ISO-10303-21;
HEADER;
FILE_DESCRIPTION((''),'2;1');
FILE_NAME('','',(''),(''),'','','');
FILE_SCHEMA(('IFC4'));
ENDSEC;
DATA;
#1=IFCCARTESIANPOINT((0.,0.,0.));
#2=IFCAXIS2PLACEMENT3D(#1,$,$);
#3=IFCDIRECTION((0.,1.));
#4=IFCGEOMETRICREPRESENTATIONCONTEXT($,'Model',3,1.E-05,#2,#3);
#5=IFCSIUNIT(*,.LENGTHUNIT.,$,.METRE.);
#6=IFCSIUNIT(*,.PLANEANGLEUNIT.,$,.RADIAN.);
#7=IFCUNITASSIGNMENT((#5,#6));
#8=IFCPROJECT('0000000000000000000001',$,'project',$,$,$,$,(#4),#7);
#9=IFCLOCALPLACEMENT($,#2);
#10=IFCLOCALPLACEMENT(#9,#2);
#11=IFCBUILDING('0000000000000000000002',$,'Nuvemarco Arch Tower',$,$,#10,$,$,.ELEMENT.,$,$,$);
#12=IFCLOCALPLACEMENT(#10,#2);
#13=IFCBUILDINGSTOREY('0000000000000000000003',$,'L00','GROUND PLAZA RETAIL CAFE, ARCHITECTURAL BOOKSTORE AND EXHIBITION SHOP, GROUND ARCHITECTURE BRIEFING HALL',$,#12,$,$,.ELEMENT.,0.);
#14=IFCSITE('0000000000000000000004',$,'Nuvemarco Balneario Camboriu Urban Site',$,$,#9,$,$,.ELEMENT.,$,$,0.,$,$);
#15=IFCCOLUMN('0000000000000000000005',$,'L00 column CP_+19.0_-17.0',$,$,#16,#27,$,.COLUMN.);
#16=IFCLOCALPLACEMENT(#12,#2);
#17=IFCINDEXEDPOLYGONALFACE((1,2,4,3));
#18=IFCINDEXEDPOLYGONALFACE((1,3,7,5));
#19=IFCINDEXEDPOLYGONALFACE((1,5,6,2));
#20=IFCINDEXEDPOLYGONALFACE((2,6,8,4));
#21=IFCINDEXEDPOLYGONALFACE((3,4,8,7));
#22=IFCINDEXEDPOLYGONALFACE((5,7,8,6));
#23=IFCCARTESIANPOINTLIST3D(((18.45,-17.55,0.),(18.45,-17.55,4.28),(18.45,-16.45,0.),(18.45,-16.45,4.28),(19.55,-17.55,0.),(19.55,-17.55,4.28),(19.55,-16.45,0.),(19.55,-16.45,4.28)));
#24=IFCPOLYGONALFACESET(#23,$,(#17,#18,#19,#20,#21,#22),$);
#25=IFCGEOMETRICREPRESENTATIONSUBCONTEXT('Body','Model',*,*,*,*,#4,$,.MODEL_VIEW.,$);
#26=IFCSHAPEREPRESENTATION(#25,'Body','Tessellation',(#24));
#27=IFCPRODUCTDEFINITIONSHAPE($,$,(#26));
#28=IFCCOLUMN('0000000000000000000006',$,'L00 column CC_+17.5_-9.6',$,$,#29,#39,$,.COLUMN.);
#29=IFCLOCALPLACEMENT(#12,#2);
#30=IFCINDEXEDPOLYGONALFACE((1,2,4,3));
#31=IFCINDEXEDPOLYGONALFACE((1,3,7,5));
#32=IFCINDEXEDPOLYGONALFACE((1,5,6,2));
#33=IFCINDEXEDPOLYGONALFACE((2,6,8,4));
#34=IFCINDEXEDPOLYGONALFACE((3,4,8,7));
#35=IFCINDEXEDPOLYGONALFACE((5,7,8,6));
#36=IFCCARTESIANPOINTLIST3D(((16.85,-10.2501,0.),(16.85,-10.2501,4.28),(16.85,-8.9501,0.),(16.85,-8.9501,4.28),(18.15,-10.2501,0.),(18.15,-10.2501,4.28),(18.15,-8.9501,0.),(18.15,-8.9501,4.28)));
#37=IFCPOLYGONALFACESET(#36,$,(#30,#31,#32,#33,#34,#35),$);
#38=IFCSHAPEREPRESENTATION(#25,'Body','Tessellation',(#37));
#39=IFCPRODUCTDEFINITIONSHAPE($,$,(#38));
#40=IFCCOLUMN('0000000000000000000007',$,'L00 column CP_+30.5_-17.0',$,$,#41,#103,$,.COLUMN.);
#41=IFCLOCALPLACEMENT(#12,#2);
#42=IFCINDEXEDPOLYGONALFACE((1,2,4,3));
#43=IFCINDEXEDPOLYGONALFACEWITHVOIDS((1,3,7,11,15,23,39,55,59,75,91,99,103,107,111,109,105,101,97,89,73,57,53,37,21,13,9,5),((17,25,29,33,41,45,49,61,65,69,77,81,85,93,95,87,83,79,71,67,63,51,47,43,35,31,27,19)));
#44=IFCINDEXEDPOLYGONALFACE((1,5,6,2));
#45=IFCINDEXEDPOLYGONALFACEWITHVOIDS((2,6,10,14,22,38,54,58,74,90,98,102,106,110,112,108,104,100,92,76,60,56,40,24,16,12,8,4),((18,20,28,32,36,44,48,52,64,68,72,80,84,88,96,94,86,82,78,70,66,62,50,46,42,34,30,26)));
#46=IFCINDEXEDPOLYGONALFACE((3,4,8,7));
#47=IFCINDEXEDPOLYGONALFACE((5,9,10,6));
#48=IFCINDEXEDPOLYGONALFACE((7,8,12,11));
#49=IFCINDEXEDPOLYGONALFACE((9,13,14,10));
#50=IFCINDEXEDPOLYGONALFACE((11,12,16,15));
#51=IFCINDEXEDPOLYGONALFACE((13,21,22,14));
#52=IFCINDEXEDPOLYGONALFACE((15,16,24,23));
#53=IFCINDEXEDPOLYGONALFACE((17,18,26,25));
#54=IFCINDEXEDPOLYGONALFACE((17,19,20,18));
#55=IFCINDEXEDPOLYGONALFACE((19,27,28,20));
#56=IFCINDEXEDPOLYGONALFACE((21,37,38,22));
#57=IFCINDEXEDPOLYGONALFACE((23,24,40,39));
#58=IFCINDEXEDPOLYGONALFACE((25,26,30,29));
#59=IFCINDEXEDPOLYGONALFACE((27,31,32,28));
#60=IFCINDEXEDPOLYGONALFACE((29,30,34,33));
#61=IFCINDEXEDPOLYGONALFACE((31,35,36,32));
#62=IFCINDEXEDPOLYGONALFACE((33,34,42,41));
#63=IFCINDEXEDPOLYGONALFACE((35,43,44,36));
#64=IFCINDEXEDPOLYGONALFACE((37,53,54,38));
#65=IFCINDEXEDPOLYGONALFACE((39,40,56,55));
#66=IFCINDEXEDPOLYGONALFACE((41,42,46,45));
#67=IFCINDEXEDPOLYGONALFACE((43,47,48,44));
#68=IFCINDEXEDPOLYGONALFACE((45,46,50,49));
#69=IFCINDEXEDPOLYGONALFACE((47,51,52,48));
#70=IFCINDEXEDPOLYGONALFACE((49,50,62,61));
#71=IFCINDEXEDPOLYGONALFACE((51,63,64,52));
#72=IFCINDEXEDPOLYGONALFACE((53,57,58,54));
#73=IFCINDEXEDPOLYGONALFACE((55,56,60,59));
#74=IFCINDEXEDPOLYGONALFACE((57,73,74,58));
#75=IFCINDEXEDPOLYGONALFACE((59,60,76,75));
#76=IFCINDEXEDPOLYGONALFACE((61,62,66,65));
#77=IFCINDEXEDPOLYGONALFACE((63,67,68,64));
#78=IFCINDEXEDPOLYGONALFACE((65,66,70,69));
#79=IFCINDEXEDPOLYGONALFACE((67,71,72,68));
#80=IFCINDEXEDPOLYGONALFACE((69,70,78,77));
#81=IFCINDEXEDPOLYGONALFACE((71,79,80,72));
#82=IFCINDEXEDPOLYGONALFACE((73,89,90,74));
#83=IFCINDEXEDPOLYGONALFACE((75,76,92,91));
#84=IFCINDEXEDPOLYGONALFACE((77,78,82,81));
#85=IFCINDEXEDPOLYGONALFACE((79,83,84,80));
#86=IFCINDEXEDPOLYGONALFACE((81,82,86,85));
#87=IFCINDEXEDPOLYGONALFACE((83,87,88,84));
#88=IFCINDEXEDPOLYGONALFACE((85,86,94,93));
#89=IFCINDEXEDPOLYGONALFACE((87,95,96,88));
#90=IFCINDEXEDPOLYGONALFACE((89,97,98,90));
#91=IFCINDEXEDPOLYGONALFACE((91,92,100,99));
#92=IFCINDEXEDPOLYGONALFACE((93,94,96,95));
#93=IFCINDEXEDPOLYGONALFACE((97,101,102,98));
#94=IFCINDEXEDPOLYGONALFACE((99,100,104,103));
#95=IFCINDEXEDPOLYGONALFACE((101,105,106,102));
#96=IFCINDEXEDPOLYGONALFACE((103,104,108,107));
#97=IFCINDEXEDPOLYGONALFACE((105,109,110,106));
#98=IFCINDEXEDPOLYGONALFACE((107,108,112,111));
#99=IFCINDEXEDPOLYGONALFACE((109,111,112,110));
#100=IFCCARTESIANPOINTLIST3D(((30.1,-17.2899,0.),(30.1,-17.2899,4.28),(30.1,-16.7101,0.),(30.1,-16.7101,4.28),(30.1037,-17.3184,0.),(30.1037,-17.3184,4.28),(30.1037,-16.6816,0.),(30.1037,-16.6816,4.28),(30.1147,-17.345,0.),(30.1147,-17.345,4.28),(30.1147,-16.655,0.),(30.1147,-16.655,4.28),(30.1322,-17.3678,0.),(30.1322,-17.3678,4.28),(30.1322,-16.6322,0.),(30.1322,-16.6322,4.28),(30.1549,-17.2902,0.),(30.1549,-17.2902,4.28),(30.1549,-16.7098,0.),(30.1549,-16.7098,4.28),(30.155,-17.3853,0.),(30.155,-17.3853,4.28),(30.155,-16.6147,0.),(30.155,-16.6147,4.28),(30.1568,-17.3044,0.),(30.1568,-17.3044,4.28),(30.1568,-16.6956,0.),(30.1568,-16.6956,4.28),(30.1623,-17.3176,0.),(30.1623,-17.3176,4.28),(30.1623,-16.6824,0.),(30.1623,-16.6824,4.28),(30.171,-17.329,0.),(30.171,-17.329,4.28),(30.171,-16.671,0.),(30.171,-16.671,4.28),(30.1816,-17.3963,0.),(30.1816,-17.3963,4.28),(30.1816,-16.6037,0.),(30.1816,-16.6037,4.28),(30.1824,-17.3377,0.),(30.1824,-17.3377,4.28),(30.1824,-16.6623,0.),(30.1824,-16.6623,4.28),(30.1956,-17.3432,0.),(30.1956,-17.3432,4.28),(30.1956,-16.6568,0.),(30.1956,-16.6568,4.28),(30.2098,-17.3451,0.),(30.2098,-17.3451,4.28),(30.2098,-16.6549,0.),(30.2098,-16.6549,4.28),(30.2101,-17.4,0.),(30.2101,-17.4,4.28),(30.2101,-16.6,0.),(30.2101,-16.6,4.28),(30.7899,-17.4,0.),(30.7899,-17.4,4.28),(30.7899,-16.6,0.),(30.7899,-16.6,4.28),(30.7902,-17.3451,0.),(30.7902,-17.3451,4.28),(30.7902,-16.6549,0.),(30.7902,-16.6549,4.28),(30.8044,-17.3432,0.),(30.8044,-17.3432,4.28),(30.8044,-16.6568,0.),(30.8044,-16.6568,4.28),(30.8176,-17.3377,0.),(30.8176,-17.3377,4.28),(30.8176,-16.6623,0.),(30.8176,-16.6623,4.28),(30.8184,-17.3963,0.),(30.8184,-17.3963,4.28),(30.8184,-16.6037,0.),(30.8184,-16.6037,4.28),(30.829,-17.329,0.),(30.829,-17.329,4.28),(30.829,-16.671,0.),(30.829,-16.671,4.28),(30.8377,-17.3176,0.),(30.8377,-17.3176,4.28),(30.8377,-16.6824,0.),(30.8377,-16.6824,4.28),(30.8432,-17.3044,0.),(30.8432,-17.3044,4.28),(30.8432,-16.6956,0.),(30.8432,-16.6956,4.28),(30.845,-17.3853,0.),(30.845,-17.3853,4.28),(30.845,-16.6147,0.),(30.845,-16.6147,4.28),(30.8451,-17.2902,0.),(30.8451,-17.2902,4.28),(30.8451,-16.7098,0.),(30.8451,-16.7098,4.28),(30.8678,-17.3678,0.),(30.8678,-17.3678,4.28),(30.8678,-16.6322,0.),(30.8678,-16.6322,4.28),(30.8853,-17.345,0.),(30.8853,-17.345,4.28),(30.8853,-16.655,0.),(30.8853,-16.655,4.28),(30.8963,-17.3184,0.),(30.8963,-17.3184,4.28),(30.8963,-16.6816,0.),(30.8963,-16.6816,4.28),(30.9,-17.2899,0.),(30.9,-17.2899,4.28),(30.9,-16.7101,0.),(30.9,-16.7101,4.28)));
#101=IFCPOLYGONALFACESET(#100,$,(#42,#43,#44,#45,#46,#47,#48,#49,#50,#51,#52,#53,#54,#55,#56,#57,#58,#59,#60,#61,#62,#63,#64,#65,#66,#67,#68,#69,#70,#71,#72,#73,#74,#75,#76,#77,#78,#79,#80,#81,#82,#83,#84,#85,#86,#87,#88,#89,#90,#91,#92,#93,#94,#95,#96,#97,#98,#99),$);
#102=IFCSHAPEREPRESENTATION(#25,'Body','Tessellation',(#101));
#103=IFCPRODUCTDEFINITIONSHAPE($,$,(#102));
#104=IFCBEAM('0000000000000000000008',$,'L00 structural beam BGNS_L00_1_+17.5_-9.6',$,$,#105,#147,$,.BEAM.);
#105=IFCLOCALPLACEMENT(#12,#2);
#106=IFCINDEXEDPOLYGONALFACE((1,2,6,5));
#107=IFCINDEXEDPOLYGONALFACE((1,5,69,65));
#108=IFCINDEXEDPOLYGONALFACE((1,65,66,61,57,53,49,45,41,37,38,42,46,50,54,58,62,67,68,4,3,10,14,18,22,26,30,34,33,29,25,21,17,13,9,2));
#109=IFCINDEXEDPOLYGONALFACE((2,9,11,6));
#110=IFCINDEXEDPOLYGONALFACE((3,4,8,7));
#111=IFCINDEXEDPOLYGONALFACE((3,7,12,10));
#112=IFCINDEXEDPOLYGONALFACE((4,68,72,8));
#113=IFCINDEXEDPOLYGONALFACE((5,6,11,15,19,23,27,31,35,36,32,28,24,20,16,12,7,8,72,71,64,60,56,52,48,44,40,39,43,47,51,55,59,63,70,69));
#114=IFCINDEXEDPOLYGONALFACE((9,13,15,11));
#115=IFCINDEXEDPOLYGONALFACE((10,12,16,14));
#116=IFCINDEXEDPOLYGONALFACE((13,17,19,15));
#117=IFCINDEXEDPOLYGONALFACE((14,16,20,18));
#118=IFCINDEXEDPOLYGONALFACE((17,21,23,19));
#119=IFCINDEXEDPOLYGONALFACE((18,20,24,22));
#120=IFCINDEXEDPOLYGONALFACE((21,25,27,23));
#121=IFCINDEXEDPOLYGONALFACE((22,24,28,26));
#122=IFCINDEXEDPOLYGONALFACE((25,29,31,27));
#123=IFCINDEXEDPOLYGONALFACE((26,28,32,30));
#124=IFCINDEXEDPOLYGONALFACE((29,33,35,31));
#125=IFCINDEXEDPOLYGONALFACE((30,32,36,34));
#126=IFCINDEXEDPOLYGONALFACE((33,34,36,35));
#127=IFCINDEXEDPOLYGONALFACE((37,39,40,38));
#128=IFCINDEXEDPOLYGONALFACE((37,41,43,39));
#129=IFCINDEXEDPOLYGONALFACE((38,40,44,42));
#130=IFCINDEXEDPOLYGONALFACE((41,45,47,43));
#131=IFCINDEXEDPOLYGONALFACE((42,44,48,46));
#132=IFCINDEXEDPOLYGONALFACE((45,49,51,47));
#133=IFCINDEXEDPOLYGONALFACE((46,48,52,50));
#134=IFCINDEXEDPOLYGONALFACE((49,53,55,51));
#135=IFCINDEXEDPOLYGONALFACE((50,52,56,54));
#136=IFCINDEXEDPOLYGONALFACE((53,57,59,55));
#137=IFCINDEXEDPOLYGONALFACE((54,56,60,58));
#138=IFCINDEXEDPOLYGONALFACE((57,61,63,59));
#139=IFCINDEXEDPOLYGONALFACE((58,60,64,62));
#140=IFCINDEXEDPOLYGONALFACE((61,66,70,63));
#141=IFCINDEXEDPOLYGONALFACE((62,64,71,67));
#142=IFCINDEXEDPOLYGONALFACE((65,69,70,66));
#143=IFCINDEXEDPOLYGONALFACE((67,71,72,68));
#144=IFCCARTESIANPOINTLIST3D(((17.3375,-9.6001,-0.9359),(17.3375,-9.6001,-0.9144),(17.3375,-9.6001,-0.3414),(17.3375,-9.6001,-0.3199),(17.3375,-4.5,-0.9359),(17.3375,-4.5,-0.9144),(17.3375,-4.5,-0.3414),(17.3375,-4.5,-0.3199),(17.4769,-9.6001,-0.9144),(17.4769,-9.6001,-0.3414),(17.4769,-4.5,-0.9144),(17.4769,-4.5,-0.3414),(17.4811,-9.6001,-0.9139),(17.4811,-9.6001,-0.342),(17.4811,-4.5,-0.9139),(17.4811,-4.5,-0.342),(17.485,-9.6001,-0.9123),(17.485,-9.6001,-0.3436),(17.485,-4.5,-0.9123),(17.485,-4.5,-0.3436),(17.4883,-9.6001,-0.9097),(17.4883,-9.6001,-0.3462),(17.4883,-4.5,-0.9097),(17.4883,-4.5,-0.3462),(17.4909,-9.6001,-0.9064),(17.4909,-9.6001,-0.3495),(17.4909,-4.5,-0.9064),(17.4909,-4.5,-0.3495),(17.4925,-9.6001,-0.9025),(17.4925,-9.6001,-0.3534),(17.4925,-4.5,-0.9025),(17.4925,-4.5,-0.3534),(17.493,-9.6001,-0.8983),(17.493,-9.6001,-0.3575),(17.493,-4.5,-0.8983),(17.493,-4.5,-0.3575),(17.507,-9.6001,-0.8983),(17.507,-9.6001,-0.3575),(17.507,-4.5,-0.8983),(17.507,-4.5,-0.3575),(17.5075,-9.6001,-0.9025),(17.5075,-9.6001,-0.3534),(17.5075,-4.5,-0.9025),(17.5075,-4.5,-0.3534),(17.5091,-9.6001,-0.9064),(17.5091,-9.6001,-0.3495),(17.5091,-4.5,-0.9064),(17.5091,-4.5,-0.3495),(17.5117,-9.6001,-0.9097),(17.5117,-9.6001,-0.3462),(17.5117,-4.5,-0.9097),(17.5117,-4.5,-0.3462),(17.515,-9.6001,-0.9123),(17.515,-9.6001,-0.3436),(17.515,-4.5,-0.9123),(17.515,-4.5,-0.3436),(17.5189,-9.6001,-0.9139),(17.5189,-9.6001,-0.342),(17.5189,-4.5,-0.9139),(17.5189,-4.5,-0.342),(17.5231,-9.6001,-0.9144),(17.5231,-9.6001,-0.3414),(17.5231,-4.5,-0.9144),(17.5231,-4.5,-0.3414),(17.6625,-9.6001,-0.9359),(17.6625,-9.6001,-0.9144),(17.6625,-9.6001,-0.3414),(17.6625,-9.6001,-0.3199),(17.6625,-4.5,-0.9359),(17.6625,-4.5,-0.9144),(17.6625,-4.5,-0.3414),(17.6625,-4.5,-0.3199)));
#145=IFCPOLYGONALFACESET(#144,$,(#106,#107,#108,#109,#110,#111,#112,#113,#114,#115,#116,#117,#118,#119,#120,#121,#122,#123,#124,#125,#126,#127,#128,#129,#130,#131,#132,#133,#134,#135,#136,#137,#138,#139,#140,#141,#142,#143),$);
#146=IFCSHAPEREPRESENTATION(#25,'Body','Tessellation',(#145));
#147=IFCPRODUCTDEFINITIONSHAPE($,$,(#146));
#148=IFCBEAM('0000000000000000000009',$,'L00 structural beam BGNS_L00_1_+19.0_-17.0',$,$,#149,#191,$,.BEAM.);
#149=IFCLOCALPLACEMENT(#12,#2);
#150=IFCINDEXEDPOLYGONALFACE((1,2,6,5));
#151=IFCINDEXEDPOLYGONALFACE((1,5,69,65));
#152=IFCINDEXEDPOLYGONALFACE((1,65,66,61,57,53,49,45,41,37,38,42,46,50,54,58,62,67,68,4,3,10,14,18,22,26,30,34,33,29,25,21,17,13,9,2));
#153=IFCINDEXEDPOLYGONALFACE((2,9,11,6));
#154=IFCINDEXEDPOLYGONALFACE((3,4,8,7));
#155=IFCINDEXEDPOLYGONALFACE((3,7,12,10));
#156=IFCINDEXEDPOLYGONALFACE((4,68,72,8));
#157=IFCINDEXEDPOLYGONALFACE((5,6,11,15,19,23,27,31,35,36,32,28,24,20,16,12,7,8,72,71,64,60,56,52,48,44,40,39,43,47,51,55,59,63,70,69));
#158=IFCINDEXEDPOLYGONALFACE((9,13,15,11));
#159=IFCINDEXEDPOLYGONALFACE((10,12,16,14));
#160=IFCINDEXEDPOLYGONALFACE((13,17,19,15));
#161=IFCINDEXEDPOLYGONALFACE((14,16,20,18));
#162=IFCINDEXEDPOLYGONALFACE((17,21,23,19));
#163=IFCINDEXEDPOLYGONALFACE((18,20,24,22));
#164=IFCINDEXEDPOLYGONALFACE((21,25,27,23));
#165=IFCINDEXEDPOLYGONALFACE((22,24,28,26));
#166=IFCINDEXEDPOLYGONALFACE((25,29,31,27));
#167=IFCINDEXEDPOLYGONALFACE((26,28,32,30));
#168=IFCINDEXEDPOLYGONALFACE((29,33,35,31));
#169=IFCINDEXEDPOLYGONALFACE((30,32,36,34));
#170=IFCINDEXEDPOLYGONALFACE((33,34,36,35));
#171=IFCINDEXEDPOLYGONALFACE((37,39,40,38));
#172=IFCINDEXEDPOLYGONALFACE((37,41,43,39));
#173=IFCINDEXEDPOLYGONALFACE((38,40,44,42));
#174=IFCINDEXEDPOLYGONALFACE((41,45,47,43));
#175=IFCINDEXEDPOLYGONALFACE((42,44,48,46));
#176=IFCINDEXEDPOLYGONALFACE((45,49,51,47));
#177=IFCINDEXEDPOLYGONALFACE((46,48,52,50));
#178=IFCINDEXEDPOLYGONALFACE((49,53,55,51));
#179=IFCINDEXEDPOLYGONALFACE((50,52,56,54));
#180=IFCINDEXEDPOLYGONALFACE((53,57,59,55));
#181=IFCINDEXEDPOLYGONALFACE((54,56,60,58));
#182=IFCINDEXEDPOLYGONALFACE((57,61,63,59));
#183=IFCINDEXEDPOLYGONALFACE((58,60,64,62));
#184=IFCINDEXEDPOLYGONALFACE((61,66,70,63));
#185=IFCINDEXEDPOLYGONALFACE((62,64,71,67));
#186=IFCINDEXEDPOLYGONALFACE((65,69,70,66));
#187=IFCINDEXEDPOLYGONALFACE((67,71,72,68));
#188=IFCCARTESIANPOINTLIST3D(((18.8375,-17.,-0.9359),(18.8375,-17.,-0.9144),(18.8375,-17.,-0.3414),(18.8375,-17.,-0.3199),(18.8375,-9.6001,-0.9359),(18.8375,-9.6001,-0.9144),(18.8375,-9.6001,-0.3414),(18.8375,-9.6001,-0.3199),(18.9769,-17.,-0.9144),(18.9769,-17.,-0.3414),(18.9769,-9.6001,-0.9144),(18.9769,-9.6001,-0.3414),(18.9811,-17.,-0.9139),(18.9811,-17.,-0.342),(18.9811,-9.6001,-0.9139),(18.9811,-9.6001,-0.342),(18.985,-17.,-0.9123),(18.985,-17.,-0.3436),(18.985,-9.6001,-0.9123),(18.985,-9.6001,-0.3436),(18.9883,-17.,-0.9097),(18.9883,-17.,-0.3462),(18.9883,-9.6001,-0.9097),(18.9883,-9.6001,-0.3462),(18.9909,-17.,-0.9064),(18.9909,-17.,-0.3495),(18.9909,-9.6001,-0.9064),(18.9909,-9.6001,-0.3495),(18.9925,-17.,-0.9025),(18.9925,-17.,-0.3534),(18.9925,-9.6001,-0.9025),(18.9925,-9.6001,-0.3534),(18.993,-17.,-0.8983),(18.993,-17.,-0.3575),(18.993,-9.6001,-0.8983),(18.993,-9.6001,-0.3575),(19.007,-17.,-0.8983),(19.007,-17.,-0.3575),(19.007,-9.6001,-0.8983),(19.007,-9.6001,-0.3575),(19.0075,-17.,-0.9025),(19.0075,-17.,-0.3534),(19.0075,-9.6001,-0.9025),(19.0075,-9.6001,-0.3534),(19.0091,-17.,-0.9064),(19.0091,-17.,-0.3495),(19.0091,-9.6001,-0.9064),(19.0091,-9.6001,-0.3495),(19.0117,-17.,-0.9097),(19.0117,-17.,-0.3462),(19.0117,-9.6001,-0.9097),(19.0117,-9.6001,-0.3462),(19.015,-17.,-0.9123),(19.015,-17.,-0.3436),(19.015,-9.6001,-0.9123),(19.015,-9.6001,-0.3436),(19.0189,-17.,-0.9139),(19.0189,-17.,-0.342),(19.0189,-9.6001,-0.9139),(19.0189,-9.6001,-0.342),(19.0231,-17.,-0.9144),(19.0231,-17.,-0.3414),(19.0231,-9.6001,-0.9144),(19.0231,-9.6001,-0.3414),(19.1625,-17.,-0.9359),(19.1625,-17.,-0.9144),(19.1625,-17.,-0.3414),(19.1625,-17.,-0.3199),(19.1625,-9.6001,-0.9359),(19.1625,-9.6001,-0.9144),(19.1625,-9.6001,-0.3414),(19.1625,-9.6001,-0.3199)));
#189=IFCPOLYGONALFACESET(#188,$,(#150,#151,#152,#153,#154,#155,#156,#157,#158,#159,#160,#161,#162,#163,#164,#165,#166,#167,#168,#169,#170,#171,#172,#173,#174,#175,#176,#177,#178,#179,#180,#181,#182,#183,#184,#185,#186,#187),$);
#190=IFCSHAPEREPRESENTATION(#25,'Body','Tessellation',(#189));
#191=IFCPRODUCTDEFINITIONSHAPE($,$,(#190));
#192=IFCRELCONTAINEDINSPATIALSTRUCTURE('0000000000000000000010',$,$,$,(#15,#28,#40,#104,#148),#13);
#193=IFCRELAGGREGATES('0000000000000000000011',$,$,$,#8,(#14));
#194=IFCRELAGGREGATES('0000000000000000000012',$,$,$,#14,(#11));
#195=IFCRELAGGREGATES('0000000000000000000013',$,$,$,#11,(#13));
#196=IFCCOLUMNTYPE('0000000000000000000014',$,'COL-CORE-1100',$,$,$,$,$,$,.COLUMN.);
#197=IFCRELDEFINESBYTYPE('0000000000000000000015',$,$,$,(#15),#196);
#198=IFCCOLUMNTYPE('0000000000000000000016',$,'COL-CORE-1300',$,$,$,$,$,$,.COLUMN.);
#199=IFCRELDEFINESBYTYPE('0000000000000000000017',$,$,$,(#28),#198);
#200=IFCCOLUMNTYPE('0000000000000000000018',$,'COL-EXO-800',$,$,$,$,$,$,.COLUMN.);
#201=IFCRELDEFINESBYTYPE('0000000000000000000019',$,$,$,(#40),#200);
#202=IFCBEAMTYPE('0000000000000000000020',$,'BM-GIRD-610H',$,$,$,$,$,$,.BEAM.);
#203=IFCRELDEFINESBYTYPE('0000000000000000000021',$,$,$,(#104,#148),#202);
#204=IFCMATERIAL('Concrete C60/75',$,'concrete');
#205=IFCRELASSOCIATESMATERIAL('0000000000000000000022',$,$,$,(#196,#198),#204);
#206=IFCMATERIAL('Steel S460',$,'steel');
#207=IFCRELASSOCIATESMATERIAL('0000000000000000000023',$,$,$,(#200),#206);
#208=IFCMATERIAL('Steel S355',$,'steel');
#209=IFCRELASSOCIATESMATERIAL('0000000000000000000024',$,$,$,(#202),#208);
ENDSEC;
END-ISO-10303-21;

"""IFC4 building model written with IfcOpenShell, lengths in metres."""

from ifc_helpers import new_model, si_unit, direction, frame, origin, origin_2d, place, context, subcontext, project, spatial, rectangle, hollow_rectangle, i_section, extrude, material, material_profile, profile_set, type_object, element, save


model = new_model("IFC4")

# Units and contexts
model_context = context("Model", 3, precision=1e-05, world=origin(), true_north=direction((0.0, 1.0)))
body_context = subcontext(model_context, "Body", "Model", "MODEL_VIEW")
ifc_project = project(units=[si_unit("LENGTHUNIT", "METRE"), si_unit("PLANEANGLEUNIT", "RADIAN")], contexts=[model_context])

# Site, building, storey
site_placement = place(None, origin())
site = spatial("IfcSite", under=ifc_project, at=site_placement, Name="Nuvemarco Balneario Camboriu Urban Site", CompositionType="ELEMENT", RefElevation=0.0)
building_placement = place(site_placement, origin())
building = spatial("IfcBuilding", under=site, at=building_placement, Name="Nuvemarco Arch Tower", CompositionType="ELEMENT")
storey_placement = place(building_placement, origin())
storey = spatial("IfcBuildingStorey", under=building, at=storey_placement, Name="L00", Description="GROUND PLAZA RETAIL CAFE, ARCHITECTURAL BOOKSTORE AND EXHIBITION SHOP, GROUND ARCHITECTURE BRIEFING HALL", CompositionType="ELEMENT", Elevation=0.0)

# Columns
ifc_material_1 = material(Name="Concrete C60/75", Category="concrete")
ifc_material_profile_1 = material_profile(ifc_material_1, rectangle(XDim=1.1001, YDim=1.1001, at=origin_2d()), Name="RC-COL-1100x1100")
ifc_profile_set_1 = profile_set([ifc_material_profile_1], Name="Concrete C60/75")
column_type_1 = type_object("IfcColumnType", Name="COL-CORE-1100", PredefinedType="COLUMN", material=ifc_profile_set_1)
column_1_placement = place(storey_placement, frame((19.0, -17.0, 0.0), z_axis=(0.0, 0.0, 1.0), x_axis=(1.0, 0.0, 0.0)))
element("IfcColumn", 1, at=column_1_placement, inside=storey, type_object=column_type_1, Name="L00 column CP_+19.0_-17.0", PredefinedType="COLUMN", context=body_context, shape_type="SweptSolid", body=[
    extrude(rectangle(XDim=1.1001, YDim=1.1001, at=origin_2d()), origin(), (0.0, 0.0, 1.0), 4.28),
])
ifc_material_profile_2 = material_profile(ifc_material_1, rectangle(XDim=1.3, YDim=1.3, at=origin_2d()), Name="RC-COL-1300x1300")
ifc_profile_set_2 = profile_set([ifc_material_profile_2], Name="Concrete C60/75")
column_type_2 = type_object("IfcColumnType", Name="COL-CORE-1300", PredefinedType="COLUMN", material=ifc_profile_set_2)
column_2_placement = place(storey_placement, frame((17.5, -9.6001, 0.0), z_axis=(0.0, 0.0, 1.0), x_axis=(1.0, 0.0, 0.0)))
element("IfcColumn", 2, at=column_2_placement, inside=storey, type_object=column_type_2, Name="L00 column CC_+17.5_-9.6", PredefinedType="COLUMN", context=body_context, shape_type="SweptSolid", body=[
    extrude(rectangle(XDim=1.3, YDim=1.3, at=origin_2d()), origin(), (0.0, 0.0, 1.0), 4.28),
])
ifc_material_2 = material(Name="Steel S460", Category="steel")
ifc_material_profile_3 = material_profile(ifc_material_2, hollow_rectangle(XDim=0.8, YDim=0.8, WallThickness=0.0549, InnerFilletRadius=0.0549, OuterFilletRadius=0.1101, at=origin_2d()), Name="SHS800x800x55")
ifc_profile_set_3 = profile_set([ifc_material_profile_3], Name="Steel S460")
column_type_3 = type_object("IfcColumnType", Name="COL-EXO-800", PredefinedType="COLUMN", material=ifc_profile_set_3)
column_3_placement = place(storey_placement, frame((30.5, -17.0, 0.0), z_axis=(0.0, 0.0, 1.0), x_axis=(1.0, 0.0, 0.0)))
element("IfcColumn", 3, at=column_3_placement, inside=storey, type_object=column_type_3, Name="L00 column CP_+30.5_-17.0", PredefinedType="COLUMN", context=body_context, shape_type="SweptSolid", body=[
    extrude(hollow_rectangle(XDim=0.8, YDim=0.8, WallThickness=0.0549, InnerFilletRadius=0.0549, OuterFilletRadius=0.1101, at=origin_2d()), origin(), (0.0, 0.0, 1.0), 4.28),
])

# Beams
ifc_material_3 = material(Name="Steel S355", Category="steel")
ifc_material_profile_4 = material_profile(ifc_material_3, i_section(OverallWidth=0.325, OverallDepth=0.616, WebThickness=0.0139, FlangeThickness=0.0215, FilletRadius=0.0161, at=origin_2d()), Name="W610x174")
ifc_profile_set_4 = profile_set([ifc_material_profile_4], Name="Steel S355")
beam_type_1 = type_object("IfcBeamType", Name="BM-GIRD-610H", PredefinedType="BEAM", material=ifc_profile_set_4)
beam_1_placement = place(storey_placement, frame((17.5, -9.6001, -0.6279), z_axis=(0.0, 1.0, 0.0), x_axis=(-1.0, 0.0, 0.0)))
element("IfcBeam", 4, at=beam_1_placement, inside=storey, type_object=beam_type_1, Name="L00 structural beam BGNS_L00_1_+17.5_-9.6", PredefinedType="BEAM", context=body_context, shape_type="SweptSolid", body=[
    extrude(i_section(OverallWidth=0.325, OverallDepth=0.616, WebThickness=0.0139, FlangeThickness=0.0215, FilletRadius=0.0161, at=origin_2d()), origin(), (0.0, 0.0, 1.0), 5.1001),
])
beam_2_placement = place(storey_placement, frame((19.0, -17.0, -0.6279), z_axis=(0.0, 1.0, 0.0), x_axis=(-1.0, 0.0, 0.0)))
element("IfcBeam", 5, at=beam_2_placement, inside=storey, type_object=beam_type_1, Name="L00 structural beam BGNS_L00_1_+19.0_-17.0", PredefinedType="BEAM", context=body_context, shape_type="SweptSolid", body=[
    extrude(i_section(OverallWidth=0.325, OverallDepth=0.616, WebThickness=0.0139, FlangeThickness=0.0215, FilletRadius=0.0161, at=origin_2d()), origin(), (0.0, 0.0, 1.0), 7.3999),
])

save(model, "model.ifc")
